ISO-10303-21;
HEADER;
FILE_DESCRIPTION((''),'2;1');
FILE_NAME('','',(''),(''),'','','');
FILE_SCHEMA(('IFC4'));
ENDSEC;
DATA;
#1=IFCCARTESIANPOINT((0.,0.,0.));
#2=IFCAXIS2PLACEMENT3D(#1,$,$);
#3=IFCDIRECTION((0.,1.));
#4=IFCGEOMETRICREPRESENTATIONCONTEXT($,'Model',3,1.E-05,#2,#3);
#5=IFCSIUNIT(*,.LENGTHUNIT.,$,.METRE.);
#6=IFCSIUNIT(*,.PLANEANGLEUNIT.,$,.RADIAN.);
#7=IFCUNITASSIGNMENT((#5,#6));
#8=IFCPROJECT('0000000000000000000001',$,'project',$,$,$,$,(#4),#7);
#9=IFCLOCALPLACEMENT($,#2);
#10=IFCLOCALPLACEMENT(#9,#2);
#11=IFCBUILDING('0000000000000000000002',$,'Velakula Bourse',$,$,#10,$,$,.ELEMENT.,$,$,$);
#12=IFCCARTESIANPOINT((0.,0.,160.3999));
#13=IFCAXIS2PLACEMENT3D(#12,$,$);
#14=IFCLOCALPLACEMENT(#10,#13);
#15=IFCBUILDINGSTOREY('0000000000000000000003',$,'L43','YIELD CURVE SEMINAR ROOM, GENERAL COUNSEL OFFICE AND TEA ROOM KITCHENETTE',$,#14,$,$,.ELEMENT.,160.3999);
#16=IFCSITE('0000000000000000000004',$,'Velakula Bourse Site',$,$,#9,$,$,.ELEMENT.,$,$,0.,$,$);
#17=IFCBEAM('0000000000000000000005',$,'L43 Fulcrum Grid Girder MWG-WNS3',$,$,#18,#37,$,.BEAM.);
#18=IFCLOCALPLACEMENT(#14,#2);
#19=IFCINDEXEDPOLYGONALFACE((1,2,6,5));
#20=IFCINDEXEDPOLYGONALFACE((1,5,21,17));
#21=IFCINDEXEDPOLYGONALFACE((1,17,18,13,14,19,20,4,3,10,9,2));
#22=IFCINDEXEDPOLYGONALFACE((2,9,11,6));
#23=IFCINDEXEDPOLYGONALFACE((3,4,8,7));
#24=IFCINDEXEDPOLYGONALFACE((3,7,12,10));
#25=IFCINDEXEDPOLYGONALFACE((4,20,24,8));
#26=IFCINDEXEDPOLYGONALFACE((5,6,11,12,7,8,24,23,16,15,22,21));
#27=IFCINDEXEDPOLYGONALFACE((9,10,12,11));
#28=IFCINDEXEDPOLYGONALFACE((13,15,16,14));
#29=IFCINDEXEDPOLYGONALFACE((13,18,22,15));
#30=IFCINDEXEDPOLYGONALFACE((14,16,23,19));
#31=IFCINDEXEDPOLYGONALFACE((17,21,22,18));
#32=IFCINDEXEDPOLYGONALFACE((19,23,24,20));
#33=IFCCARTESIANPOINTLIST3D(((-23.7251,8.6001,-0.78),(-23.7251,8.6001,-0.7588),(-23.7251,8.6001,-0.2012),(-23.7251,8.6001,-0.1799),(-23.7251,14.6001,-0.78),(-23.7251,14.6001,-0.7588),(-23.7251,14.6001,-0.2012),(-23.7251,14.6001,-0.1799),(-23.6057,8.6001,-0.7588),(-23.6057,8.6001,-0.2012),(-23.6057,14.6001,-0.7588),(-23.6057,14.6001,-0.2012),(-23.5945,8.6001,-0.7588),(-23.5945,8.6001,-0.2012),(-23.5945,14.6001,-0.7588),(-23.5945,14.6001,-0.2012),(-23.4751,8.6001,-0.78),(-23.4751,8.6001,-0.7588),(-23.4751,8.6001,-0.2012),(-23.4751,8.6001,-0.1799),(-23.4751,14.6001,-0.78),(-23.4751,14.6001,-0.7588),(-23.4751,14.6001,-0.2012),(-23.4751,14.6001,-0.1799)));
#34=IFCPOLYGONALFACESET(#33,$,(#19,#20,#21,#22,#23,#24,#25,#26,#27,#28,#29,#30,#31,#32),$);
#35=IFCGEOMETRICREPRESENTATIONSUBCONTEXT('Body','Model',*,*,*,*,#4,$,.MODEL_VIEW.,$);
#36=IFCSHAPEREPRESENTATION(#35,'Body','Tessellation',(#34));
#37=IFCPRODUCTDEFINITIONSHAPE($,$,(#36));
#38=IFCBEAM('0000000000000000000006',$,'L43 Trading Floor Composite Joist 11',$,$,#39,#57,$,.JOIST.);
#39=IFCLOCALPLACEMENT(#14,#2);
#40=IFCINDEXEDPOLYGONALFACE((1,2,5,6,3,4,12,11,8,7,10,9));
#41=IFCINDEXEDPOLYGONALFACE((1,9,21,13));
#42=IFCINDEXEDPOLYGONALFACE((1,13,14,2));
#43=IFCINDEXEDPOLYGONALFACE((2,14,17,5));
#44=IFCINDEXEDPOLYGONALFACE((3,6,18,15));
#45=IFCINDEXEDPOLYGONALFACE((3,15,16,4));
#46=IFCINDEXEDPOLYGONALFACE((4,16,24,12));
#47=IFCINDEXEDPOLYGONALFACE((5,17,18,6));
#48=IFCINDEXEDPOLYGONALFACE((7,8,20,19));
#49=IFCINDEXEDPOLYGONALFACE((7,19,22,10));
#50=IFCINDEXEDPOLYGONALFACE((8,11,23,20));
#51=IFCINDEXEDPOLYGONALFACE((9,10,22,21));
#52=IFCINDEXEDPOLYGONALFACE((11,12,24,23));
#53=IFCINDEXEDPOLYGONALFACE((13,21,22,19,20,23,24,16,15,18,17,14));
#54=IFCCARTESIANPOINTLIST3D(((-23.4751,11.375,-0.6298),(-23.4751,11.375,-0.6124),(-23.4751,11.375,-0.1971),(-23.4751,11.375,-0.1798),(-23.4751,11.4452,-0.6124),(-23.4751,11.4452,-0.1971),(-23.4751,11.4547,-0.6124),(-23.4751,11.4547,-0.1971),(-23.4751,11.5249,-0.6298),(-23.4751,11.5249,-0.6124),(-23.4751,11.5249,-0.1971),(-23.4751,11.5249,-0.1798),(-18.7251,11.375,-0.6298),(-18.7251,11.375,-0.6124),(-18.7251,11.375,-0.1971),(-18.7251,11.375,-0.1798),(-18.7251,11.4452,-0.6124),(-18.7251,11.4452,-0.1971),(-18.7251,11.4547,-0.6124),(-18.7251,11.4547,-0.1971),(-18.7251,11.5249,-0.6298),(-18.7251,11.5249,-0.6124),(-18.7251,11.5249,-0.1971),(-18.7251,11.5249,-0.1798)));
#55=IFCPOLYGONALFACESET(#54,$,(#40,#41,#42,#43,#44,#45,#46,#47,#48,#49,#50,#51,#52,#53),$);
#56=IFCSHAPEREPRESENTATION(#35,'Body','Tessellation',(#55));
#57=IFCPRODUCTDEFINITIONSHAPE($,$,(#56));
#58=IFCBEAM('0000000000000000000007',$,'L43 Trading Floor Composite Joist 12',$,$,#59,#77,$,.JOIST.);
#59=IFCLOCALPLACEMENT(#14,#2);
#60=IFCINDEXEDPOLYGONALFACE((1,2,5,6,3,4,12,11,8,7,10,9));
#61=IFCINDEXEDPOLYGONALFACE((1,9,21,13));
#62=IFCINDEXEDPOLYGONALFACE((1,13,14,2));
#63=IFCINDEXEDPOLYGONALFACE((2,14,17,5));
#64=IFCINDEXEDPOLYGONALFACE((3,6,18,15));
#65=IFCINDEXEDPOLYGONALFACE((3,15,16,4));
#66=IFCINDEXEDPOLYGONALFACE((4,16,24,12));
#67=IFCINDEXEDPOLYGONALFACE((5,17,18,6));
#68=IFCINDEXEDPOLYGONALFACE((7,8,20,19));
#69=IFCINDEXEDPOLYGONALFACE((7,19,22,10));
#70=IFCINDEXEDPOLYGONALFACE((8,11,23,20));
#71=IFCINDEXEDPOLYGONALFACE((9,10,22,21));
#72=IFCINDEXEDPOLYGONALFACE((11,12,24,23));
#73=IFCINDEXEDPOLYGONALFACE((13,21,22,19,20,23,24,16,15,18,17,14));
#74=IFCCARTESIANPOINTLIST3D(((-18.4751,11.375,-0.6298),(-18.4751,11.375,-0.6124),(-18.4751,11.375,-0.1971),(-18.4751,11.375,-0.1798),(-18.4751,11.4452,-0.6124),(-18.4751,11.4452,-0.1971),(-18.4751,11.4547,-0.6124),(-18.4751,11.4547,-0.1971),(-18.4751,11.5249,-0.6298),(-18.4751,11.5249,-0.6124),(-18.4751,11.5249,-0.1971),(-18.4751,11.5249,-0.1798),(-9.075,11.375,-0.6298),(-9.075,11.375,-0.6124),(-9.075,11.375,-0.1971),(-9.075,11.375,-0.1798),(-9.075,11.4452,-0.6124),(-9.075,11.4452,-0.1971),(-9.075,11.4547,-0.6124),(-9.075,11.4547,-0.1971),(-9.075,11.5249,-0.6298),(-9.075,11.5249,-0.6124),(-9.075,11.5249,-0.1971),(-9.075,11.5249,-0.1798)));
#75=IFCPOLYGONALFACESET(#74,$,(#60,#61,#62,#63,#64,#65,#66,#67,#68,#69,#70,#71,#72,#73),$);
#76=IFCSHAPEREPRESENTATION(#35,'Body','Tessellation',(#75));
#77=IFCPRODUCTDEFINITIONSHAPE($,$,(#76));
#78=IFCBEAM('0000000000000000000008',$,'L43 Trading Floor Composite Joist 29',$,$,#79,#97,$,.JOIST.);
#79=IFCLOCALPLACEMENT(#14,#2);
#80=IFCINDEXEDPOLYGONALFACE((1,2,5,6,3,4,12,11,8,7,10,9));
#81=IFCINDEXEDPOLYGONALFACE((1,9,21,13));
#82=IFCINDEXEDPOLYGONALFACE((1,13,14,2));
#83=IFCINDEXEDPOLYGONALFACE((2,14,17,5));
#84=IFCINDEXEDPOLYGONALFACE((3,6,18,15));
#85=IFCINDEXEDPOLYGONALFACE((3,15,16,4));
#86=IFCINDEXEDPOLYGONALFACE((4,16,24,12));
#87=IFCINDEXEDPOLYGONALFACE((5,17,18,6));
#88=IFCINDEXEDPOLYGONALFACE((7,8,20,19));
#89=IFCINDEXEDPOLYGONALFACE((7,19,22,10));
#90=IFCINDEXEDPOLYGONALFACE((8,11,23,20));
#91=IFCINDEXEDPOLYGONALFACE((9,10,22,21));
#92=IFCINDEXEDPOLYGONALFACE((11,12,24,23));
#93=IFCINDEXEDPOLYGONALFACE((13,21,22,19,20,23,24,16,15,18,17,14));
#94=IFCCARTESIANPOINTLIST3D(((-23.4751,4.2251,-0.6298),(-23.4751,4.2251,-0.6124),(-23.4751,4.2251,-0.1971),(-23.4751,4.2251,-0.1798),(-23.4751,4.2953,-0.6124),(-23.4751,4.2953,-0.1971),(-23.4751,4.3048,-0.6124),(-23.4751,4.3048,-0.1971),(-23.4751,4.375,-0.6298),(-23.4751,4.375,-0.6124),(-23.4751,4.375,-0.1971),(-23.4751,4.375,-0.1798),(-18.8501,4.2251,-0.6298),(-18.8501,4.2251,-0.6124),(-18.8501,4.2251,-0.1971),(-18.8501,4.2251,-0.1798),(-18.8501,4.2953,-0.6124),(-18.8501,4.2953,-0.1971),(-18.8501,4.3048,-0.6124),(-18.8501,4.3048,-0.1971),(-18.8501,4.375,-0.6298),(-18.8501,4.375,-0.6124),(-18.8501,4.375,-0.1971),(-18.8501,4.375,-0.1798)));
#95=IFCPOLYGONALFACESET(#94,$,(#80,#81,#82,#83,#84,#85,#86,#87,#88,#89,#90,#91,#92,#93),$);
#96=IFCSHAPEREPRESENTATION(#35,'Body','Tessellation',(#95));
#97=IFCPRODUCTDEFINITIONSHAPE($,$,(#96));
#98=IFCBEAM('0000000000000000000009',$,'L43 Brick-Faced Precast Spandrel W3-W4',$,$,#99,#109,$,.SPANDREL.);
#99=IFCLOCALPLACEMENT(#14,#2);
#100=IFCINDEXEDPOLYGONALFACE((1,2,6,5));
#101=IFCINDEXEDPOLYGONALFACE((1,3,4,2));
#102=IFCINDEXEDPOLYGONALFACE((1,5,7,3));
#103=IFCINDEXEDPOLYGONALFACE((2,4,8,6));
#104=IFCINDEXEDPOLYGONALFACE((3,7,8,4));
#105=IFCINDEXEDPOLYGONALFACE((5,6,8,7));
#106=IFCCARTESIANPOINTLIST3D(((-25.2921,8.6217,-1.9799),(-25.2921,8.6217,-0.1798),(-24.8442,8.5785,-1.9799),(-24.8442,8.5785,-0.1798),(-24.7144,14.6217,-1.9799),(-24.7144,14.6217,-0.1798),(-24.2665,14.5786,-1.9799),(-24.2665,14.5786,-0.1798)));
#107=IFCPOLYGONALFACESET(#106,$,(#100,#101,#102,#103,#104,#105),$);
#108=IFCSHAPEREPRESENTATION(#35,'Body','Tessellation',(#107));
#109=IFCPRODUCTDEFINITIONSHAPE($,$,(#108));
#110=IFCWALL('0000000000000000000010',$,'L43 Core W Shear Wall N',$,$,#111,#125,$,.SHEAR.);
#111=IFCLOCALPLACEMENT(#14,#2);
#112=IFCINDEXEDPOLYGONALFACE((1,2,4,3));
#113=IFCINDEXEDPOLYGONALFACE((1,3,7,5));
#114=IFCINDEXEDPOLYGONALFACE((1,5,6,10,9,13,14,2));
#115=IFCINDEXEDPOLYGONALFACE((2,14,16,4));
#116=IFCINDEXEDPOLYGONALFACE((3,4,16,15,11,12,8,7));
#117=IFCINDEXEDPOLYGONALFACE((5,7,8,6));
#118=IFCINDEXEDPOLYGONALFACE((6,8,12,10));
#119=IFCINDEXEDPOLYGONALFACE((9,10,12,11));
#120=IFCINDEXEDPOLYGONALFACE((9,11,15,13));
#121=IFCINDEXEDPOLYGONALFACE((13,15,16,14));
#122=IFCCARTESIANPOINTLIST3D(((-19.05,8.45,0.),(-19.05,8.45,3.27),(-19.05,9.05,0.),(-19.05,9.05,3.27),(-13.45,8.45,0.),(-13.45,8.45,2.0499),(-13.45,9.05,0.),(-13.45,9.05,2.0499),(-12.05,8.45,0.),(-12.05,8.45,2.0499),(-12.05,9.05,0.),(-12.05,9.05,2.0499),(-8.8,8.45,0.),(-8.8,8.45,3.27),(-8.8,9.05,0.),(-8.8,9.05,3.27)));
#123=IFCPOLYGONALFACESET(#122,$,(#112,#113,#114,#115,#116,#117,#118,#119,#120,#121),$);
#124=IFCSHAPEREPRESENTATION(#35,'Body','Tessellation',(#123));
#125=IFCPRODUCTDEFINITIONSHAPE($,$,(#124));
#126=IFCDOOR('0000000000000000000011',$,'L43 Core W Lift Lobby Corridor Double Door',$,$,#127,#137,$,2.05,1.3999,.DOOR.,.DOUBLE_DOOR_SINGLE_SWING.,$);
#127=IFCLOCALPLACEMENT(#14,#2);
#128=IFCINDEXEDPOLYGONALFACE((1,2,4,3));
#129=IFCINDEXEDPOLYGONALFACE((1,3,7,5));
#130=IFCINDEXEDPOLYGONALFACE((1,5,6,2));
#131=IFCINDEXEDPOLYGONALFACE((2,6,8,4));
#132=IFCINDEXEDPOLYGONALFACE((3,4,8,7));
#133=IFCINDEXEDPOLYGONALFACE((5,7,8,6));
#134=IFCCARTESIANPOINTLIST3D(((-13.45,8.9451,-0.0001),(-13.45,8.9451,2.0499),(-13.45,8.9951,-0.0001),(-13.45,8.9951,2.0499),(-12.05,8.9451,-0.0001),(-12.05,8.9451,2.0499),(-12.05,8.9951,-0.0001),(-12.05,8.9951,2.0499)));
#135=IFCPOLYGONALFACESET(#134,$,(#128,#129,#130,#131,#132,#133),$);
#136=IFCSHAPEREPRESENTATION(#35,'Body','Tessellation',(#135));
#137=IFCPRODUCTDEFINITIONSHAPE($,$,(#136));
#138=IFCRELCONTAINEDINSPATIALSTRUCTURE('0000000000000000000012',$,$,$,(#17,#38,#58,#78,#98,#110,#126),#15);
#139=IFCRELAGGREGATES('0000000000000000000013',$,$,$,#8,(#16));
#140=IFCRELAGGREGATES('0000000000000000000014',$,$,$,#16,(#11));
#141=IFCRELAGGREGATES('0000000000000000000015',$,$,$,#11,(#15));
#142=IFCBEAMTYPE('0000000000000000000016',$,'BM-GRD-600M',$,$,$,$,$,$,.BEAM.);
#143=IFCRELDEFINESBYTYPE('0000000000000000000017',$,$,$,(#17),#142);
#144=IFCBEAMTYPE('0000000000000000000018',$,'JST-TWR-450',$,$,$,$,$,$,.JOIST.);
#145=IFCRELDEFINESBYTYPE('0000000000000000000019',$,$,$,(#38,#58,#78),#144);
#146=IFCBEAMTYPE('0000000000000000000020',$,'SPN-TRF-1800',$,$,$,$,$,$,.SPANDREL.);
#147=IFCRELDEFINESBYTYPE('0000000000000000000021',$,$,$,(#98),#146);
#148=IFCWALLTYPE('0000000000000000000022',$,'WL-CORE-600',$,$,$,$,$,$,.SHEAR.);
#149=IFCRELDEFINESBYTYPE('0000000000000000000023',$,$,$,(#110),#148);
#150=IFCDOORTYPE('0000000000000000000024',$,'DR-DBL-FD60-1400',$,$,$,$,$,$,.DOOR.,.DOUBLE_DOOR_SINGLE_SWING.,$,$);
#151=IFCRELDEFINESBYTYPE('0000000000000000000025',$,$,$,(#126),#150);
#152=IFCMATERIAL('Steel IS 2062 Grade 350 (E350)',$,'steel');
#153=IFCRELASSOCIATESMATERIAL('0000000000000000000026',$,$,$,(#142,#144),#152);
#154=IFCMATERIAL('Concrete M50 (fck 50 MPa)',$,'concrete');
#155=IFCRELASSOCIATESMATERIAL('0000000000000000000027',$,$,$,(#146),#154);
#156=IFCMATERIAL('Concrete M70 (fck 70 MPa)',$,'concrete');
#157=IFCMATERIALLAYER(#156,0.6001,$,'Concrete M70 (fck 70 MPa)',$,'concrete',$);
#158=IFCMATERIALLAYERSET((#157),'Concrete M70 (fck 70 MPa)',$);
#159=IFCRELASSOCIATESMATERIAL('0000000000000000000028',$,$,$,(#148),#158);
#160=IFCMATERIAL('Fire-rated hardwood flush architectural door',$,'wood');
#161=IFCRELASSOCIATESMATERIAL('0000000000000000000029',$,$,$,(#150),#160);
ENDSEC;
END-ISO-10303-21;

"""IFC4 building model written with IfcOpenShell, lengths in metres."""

from ifc_helpers import new_model, si_unit, direction, frame, frame_2d, origin, origin_2d, place, context, subcontext, project, spatial, rectangle, i_section, extrude, material, layer, layer_set, material_profile, profile_set, type_object, element, fill, save


model = new_model("IFC4")

# Units and contexts
model_context = context("Model", 3, precision=1e-05, world=origin(), true_north=direction((0.0, 1.0)))
body_context = subcontext(model_context, "Body", "Model", "MODEL_VIEW")
ifc_project = project(units=[si_unit("LENGTHUNIT", "METRE"), si_unit("PLANEANGLEUNIT", "RADIAN")], contexts=[model_context])

# Site, building, storey
site_placement = place(None, origin())
site = spatial("IfcSite", under=ifc_project, at=site_placement, Name="Velakula Bourse Site", CompositionType="ELEMENT", RefElevation=0.0)
building_placement = place(site_placement, origin())
building = spatial("IfcBuilding", under=site, at=building_placement, Name="Velakula Bourse", CompositionType="ELEMENT")
storey_placement = place(building_placement, frame((0.0, 0.0, 160.3999)))
storey = spatial("IfcBuildingStorey", under=building, at=storey_placement, Name="L43", Description="YIELD CURVE SEMINAR ROOM, GENERAL COUNSEL OFFICE AND TEA ROOM KITCHENETTE", CompositionType="ELEMENT", Elevation=160.3999)

# Shared definitions
ifc_material_1 = material(Name="Concrete M70 (fck 70 MPa)", Category="concrete")
ifc_material_2 = material(Name="Steel IS 2062 Grade 350 (E350)", Category="steel")

# Beams
ifc_material_profile_1 = material_profile(ifc_material_2, i_section(OverallWidth=0.25, OverallDepth=0.6001, WebThickness=0.0112, FlangeThickness=0.0212, at=origin_2d()), Name="Steel IS 2062 Grade 350 (E350)")
ifc_profile_set_1 = profile_set([ifc_material_profile_1], Name="Steel IS 2062 Grade 350 (E350)")
beam_type_1 = type_object("IfcBeamType", Name="BM-GRD-600M", PredefinedType="BEAM", material=ifc_profile_set_1)
beam_1_placement = place(storey_placement, frame((-23.6001, 8.6001, -0.48), z_axis=(0.0, 1.0, 0.0), x_axis=(-1.0, 0.0, 0.0)))
element("IfcBeam", 1, at=beam_1_placement, inside=storey, type_object=beam_type_1, Name="L43 Fulcrum Grid Girder MWG-WNS3", PredefinedType="BEAM", context=body_context, shape_type="SweptSolid", body=[
    extrude(i_section(OverallWidth=0.25, OverallDepth=0.6001, WebThickness=0.0112, FlangeThickness=0.0212, at=origin_2d()), origin(), (0.0, 0.0, 1.0), 6.0),
])
ifc_material_profile_2 = material_profile(ifc_material_2, i_section(OverallWidth=0.1499, OverallDepth=0.45, WebThickness=0.0095, FlangeThickness=0.0173, at=origin_2d()), Name="Steel IS 2062 Grade 350 (E350)")
ifc_profile_set_2 = profile_set([ifc_material_profile_2], Name="Steel IS 2062 Grade 350 (E350)")
beam_type_2 = type_object("IfcBeamType", Name="JST-TWR-450", PredefinedType="JOIST", material=ifc_profile_set_2)
beam_2_placement = place(storey_placement, frame((-23.4751, 11.45, -0.4048), z_axis=(1.0, 0.0, 0.0), x_axis=(0.0, 1.0, 0.0)))
element("IfcBeam", 2, at=beam_2_placement, inside=storey, type_object=beam_type_2, Name="L43 Trading Floor Composite Joist 11", PredefinedType="JOIST", context=body_context, shape_type="SweptSolid", body=[
    extrude(i_section(OverallWidth=0.1499, OverallDepth=0.45, WebThickness=0.0095, FlangeThickness=0.0173, at=origin_2d()), origin(), (0.0, 0.0, 1.0), 4.75),
])
beam_3_placement = place(storey_placement, frame((-18.4751, 11.45, -0.4048), z_axis=(1.0, 0.0, 0.0), x_axis=(0.0, 1.0, 0.0)))
element("IfcBeam", 3, at=beam_3_placement, inside=storey, type_object=beam_type_2, Name="L43 Trading Floor Composite Joist 12", PredefinedType="JOIST", context=body_context, shape_type="SweptSolid", body=[
    extrude(i_section(OverallWidth=0.1499, OverallDepth=0.45, WebThickness=0.0095, FlangeThickness=0.0173, at=origin_2d()), origin(), (0.0, 0.0, 1.0), 9.4001),
])
beam_4_placement = place(storey_placement, frame((-23.4751, 4.3, -0.4048), z_axis=(1.0, 0.0, 0.0), x_axis=(0.0, 1.0, 0.0)))
element("IfcBeam", 4, at=beam_4_placement, inside=storey, type_object=beam_type_2, Name="L43 Trading Floor Composite Joist 29", PredefinedType="JOIST", context=body_context, shape_type="SweptSolid", body=[
    extrude(i_section(OverallWidth=0.1499, OverallDepth=0.45, WebThickness=0.0095, FlangeThickness=0.0173, at=origin_2d()), origin(), (0.0, 0.0, 1.0), 4.625),
])
ifc_material_3 = material(Name="Concrete M50 (fck 50 MPa)", Category="concrete")
ifc_material_profile_3 = material_profile(ifc_material_3, rectangle(XDim=0.45, YDim=1.8, at=origin_2d()), Name="Concrete M50 (fck 50 MPa)")
ifc_profile_set_3 = profile_set([ifc_material_profile_3], Name="Concrete M50 (fck 50 MPa)")
beam_type_3 = type_object("IfcBeamType", Name="SPN-TRF-1800", PredefinedType="SPANDREL", material=ifc_profile_set_3)
beam_5_placement = place(storey_placement, frame((-25.0681, 8.6001, -1.0798), z_axis=(0.09583, 0.995398, 0.0), x_axis=(-0.995398, 0.09583, 0.0)))
element("IfcBeam", 5, at=beam_5_placement, inside=storey, type_object=beam_type_3, Name="L43 Brick-Faced Precast Spandrel W3-W4", PredefinedType="SPANDREL", context=body_context, shape_type="SweptSolid", body=[
    extrude(rectangle(XDim=0.45, YDim=1.8, at=origin_2d()), origin(), (0.0, 0.0, 1.0), 6.0278),
])

# Wall, opening, door
ifc_layer_1 = layer(ifc_material_1, 0.6001, Name="Concrete M70 (fck 70 MPa)", Category="concrete")
ifc_layer_set_1 = layer_set([ifc_layer_1], Name="Concrete M70 (fck 70 MPa)")
wall_type_1 = type_object("IfcWallType", Name="WL-CORE-600", PredefinedType="SHEAR", material=ifc_layer_set_1)
wall_1_placement = place(storey_placement, frame((-19.05, 8.75, 0.0), z_axis=(0.0, 0.0, 1.0), x_axis=(1.0, 0.0, 0.0)))
wall_1 = element("IfcWall", 6, at=wall_1_placement, inside=storey, type_object=wall_type_1, Name="L43 Core W Shear Wall N", PredefinedType="SHEAR", context=body_context, shape_type="SweptSolid", body=[
    extrude(rectangle(XDim=10.25, YDim=0.6001, at=frame_2d((5.125, 0.0))), origin(), (0.0, 0.0, 1.0), 3.27),
])
opening_1_placement = place(wall_1_placement, frame((5.6001, 0.0, 0.0)))
opening_1 = element("IfcOpeningElement", 7, at=opening_1_placement, cuts=wall_1, PredefinedType="OPENING", context=body_context, shape_type="SweptSolid", body=[
    extrude(rectangle(XDim=1.3999, YDim=2.05, at=frame_2d((0.7, 1.0249))), frame((0.0, 0.3101, 0.0), z_axis=(0.0, -1.0, 0.0), x_axis=(1.0, 0.0, 0.0)), (0.0, 0.0, 1.0), 0.6201),
])
ifc_material_4 = material(Name="Fire-rated hardwood flush architectural door", Category="wood")
door_type_1 = type_object("IfcDoorType", Name="DR-DBL-FD60-1400", OperationType="DOUBLE_DOOR_SINGLE_SWING", PredefinedType="DOOR", material=ifc_material_4)
door_1_placement = place(opening_1_placement, origin())
door_1 = element("IfcDoor", 8, at=door_1_placement, inside=storey, type_object=door_type_1, Name="L43 Core W Lift Lobby Corridor Double Door", OperationType="DOUBLE_DOOR_SINGLE_SWING", OverallHeight=2.05, OverallWidth=1.3999, PredefinedType="DOOR", context=body_context, shape_type="SweptSolid", body=[
    extrude(rectangle(XDim=1.3999, YDim=2.05, at=frame_2d((0.7, 1.0249))), frame((0.0, 0.2451, 0.0), z_axis=(0.0, -1.0, 0.0), x_axis=(1.0, 0.0, 0.0)), (0.0, 0.0, 1.0), 0.05),
])
fill(opening_1, door_1)

save(model, "model.ifc")
